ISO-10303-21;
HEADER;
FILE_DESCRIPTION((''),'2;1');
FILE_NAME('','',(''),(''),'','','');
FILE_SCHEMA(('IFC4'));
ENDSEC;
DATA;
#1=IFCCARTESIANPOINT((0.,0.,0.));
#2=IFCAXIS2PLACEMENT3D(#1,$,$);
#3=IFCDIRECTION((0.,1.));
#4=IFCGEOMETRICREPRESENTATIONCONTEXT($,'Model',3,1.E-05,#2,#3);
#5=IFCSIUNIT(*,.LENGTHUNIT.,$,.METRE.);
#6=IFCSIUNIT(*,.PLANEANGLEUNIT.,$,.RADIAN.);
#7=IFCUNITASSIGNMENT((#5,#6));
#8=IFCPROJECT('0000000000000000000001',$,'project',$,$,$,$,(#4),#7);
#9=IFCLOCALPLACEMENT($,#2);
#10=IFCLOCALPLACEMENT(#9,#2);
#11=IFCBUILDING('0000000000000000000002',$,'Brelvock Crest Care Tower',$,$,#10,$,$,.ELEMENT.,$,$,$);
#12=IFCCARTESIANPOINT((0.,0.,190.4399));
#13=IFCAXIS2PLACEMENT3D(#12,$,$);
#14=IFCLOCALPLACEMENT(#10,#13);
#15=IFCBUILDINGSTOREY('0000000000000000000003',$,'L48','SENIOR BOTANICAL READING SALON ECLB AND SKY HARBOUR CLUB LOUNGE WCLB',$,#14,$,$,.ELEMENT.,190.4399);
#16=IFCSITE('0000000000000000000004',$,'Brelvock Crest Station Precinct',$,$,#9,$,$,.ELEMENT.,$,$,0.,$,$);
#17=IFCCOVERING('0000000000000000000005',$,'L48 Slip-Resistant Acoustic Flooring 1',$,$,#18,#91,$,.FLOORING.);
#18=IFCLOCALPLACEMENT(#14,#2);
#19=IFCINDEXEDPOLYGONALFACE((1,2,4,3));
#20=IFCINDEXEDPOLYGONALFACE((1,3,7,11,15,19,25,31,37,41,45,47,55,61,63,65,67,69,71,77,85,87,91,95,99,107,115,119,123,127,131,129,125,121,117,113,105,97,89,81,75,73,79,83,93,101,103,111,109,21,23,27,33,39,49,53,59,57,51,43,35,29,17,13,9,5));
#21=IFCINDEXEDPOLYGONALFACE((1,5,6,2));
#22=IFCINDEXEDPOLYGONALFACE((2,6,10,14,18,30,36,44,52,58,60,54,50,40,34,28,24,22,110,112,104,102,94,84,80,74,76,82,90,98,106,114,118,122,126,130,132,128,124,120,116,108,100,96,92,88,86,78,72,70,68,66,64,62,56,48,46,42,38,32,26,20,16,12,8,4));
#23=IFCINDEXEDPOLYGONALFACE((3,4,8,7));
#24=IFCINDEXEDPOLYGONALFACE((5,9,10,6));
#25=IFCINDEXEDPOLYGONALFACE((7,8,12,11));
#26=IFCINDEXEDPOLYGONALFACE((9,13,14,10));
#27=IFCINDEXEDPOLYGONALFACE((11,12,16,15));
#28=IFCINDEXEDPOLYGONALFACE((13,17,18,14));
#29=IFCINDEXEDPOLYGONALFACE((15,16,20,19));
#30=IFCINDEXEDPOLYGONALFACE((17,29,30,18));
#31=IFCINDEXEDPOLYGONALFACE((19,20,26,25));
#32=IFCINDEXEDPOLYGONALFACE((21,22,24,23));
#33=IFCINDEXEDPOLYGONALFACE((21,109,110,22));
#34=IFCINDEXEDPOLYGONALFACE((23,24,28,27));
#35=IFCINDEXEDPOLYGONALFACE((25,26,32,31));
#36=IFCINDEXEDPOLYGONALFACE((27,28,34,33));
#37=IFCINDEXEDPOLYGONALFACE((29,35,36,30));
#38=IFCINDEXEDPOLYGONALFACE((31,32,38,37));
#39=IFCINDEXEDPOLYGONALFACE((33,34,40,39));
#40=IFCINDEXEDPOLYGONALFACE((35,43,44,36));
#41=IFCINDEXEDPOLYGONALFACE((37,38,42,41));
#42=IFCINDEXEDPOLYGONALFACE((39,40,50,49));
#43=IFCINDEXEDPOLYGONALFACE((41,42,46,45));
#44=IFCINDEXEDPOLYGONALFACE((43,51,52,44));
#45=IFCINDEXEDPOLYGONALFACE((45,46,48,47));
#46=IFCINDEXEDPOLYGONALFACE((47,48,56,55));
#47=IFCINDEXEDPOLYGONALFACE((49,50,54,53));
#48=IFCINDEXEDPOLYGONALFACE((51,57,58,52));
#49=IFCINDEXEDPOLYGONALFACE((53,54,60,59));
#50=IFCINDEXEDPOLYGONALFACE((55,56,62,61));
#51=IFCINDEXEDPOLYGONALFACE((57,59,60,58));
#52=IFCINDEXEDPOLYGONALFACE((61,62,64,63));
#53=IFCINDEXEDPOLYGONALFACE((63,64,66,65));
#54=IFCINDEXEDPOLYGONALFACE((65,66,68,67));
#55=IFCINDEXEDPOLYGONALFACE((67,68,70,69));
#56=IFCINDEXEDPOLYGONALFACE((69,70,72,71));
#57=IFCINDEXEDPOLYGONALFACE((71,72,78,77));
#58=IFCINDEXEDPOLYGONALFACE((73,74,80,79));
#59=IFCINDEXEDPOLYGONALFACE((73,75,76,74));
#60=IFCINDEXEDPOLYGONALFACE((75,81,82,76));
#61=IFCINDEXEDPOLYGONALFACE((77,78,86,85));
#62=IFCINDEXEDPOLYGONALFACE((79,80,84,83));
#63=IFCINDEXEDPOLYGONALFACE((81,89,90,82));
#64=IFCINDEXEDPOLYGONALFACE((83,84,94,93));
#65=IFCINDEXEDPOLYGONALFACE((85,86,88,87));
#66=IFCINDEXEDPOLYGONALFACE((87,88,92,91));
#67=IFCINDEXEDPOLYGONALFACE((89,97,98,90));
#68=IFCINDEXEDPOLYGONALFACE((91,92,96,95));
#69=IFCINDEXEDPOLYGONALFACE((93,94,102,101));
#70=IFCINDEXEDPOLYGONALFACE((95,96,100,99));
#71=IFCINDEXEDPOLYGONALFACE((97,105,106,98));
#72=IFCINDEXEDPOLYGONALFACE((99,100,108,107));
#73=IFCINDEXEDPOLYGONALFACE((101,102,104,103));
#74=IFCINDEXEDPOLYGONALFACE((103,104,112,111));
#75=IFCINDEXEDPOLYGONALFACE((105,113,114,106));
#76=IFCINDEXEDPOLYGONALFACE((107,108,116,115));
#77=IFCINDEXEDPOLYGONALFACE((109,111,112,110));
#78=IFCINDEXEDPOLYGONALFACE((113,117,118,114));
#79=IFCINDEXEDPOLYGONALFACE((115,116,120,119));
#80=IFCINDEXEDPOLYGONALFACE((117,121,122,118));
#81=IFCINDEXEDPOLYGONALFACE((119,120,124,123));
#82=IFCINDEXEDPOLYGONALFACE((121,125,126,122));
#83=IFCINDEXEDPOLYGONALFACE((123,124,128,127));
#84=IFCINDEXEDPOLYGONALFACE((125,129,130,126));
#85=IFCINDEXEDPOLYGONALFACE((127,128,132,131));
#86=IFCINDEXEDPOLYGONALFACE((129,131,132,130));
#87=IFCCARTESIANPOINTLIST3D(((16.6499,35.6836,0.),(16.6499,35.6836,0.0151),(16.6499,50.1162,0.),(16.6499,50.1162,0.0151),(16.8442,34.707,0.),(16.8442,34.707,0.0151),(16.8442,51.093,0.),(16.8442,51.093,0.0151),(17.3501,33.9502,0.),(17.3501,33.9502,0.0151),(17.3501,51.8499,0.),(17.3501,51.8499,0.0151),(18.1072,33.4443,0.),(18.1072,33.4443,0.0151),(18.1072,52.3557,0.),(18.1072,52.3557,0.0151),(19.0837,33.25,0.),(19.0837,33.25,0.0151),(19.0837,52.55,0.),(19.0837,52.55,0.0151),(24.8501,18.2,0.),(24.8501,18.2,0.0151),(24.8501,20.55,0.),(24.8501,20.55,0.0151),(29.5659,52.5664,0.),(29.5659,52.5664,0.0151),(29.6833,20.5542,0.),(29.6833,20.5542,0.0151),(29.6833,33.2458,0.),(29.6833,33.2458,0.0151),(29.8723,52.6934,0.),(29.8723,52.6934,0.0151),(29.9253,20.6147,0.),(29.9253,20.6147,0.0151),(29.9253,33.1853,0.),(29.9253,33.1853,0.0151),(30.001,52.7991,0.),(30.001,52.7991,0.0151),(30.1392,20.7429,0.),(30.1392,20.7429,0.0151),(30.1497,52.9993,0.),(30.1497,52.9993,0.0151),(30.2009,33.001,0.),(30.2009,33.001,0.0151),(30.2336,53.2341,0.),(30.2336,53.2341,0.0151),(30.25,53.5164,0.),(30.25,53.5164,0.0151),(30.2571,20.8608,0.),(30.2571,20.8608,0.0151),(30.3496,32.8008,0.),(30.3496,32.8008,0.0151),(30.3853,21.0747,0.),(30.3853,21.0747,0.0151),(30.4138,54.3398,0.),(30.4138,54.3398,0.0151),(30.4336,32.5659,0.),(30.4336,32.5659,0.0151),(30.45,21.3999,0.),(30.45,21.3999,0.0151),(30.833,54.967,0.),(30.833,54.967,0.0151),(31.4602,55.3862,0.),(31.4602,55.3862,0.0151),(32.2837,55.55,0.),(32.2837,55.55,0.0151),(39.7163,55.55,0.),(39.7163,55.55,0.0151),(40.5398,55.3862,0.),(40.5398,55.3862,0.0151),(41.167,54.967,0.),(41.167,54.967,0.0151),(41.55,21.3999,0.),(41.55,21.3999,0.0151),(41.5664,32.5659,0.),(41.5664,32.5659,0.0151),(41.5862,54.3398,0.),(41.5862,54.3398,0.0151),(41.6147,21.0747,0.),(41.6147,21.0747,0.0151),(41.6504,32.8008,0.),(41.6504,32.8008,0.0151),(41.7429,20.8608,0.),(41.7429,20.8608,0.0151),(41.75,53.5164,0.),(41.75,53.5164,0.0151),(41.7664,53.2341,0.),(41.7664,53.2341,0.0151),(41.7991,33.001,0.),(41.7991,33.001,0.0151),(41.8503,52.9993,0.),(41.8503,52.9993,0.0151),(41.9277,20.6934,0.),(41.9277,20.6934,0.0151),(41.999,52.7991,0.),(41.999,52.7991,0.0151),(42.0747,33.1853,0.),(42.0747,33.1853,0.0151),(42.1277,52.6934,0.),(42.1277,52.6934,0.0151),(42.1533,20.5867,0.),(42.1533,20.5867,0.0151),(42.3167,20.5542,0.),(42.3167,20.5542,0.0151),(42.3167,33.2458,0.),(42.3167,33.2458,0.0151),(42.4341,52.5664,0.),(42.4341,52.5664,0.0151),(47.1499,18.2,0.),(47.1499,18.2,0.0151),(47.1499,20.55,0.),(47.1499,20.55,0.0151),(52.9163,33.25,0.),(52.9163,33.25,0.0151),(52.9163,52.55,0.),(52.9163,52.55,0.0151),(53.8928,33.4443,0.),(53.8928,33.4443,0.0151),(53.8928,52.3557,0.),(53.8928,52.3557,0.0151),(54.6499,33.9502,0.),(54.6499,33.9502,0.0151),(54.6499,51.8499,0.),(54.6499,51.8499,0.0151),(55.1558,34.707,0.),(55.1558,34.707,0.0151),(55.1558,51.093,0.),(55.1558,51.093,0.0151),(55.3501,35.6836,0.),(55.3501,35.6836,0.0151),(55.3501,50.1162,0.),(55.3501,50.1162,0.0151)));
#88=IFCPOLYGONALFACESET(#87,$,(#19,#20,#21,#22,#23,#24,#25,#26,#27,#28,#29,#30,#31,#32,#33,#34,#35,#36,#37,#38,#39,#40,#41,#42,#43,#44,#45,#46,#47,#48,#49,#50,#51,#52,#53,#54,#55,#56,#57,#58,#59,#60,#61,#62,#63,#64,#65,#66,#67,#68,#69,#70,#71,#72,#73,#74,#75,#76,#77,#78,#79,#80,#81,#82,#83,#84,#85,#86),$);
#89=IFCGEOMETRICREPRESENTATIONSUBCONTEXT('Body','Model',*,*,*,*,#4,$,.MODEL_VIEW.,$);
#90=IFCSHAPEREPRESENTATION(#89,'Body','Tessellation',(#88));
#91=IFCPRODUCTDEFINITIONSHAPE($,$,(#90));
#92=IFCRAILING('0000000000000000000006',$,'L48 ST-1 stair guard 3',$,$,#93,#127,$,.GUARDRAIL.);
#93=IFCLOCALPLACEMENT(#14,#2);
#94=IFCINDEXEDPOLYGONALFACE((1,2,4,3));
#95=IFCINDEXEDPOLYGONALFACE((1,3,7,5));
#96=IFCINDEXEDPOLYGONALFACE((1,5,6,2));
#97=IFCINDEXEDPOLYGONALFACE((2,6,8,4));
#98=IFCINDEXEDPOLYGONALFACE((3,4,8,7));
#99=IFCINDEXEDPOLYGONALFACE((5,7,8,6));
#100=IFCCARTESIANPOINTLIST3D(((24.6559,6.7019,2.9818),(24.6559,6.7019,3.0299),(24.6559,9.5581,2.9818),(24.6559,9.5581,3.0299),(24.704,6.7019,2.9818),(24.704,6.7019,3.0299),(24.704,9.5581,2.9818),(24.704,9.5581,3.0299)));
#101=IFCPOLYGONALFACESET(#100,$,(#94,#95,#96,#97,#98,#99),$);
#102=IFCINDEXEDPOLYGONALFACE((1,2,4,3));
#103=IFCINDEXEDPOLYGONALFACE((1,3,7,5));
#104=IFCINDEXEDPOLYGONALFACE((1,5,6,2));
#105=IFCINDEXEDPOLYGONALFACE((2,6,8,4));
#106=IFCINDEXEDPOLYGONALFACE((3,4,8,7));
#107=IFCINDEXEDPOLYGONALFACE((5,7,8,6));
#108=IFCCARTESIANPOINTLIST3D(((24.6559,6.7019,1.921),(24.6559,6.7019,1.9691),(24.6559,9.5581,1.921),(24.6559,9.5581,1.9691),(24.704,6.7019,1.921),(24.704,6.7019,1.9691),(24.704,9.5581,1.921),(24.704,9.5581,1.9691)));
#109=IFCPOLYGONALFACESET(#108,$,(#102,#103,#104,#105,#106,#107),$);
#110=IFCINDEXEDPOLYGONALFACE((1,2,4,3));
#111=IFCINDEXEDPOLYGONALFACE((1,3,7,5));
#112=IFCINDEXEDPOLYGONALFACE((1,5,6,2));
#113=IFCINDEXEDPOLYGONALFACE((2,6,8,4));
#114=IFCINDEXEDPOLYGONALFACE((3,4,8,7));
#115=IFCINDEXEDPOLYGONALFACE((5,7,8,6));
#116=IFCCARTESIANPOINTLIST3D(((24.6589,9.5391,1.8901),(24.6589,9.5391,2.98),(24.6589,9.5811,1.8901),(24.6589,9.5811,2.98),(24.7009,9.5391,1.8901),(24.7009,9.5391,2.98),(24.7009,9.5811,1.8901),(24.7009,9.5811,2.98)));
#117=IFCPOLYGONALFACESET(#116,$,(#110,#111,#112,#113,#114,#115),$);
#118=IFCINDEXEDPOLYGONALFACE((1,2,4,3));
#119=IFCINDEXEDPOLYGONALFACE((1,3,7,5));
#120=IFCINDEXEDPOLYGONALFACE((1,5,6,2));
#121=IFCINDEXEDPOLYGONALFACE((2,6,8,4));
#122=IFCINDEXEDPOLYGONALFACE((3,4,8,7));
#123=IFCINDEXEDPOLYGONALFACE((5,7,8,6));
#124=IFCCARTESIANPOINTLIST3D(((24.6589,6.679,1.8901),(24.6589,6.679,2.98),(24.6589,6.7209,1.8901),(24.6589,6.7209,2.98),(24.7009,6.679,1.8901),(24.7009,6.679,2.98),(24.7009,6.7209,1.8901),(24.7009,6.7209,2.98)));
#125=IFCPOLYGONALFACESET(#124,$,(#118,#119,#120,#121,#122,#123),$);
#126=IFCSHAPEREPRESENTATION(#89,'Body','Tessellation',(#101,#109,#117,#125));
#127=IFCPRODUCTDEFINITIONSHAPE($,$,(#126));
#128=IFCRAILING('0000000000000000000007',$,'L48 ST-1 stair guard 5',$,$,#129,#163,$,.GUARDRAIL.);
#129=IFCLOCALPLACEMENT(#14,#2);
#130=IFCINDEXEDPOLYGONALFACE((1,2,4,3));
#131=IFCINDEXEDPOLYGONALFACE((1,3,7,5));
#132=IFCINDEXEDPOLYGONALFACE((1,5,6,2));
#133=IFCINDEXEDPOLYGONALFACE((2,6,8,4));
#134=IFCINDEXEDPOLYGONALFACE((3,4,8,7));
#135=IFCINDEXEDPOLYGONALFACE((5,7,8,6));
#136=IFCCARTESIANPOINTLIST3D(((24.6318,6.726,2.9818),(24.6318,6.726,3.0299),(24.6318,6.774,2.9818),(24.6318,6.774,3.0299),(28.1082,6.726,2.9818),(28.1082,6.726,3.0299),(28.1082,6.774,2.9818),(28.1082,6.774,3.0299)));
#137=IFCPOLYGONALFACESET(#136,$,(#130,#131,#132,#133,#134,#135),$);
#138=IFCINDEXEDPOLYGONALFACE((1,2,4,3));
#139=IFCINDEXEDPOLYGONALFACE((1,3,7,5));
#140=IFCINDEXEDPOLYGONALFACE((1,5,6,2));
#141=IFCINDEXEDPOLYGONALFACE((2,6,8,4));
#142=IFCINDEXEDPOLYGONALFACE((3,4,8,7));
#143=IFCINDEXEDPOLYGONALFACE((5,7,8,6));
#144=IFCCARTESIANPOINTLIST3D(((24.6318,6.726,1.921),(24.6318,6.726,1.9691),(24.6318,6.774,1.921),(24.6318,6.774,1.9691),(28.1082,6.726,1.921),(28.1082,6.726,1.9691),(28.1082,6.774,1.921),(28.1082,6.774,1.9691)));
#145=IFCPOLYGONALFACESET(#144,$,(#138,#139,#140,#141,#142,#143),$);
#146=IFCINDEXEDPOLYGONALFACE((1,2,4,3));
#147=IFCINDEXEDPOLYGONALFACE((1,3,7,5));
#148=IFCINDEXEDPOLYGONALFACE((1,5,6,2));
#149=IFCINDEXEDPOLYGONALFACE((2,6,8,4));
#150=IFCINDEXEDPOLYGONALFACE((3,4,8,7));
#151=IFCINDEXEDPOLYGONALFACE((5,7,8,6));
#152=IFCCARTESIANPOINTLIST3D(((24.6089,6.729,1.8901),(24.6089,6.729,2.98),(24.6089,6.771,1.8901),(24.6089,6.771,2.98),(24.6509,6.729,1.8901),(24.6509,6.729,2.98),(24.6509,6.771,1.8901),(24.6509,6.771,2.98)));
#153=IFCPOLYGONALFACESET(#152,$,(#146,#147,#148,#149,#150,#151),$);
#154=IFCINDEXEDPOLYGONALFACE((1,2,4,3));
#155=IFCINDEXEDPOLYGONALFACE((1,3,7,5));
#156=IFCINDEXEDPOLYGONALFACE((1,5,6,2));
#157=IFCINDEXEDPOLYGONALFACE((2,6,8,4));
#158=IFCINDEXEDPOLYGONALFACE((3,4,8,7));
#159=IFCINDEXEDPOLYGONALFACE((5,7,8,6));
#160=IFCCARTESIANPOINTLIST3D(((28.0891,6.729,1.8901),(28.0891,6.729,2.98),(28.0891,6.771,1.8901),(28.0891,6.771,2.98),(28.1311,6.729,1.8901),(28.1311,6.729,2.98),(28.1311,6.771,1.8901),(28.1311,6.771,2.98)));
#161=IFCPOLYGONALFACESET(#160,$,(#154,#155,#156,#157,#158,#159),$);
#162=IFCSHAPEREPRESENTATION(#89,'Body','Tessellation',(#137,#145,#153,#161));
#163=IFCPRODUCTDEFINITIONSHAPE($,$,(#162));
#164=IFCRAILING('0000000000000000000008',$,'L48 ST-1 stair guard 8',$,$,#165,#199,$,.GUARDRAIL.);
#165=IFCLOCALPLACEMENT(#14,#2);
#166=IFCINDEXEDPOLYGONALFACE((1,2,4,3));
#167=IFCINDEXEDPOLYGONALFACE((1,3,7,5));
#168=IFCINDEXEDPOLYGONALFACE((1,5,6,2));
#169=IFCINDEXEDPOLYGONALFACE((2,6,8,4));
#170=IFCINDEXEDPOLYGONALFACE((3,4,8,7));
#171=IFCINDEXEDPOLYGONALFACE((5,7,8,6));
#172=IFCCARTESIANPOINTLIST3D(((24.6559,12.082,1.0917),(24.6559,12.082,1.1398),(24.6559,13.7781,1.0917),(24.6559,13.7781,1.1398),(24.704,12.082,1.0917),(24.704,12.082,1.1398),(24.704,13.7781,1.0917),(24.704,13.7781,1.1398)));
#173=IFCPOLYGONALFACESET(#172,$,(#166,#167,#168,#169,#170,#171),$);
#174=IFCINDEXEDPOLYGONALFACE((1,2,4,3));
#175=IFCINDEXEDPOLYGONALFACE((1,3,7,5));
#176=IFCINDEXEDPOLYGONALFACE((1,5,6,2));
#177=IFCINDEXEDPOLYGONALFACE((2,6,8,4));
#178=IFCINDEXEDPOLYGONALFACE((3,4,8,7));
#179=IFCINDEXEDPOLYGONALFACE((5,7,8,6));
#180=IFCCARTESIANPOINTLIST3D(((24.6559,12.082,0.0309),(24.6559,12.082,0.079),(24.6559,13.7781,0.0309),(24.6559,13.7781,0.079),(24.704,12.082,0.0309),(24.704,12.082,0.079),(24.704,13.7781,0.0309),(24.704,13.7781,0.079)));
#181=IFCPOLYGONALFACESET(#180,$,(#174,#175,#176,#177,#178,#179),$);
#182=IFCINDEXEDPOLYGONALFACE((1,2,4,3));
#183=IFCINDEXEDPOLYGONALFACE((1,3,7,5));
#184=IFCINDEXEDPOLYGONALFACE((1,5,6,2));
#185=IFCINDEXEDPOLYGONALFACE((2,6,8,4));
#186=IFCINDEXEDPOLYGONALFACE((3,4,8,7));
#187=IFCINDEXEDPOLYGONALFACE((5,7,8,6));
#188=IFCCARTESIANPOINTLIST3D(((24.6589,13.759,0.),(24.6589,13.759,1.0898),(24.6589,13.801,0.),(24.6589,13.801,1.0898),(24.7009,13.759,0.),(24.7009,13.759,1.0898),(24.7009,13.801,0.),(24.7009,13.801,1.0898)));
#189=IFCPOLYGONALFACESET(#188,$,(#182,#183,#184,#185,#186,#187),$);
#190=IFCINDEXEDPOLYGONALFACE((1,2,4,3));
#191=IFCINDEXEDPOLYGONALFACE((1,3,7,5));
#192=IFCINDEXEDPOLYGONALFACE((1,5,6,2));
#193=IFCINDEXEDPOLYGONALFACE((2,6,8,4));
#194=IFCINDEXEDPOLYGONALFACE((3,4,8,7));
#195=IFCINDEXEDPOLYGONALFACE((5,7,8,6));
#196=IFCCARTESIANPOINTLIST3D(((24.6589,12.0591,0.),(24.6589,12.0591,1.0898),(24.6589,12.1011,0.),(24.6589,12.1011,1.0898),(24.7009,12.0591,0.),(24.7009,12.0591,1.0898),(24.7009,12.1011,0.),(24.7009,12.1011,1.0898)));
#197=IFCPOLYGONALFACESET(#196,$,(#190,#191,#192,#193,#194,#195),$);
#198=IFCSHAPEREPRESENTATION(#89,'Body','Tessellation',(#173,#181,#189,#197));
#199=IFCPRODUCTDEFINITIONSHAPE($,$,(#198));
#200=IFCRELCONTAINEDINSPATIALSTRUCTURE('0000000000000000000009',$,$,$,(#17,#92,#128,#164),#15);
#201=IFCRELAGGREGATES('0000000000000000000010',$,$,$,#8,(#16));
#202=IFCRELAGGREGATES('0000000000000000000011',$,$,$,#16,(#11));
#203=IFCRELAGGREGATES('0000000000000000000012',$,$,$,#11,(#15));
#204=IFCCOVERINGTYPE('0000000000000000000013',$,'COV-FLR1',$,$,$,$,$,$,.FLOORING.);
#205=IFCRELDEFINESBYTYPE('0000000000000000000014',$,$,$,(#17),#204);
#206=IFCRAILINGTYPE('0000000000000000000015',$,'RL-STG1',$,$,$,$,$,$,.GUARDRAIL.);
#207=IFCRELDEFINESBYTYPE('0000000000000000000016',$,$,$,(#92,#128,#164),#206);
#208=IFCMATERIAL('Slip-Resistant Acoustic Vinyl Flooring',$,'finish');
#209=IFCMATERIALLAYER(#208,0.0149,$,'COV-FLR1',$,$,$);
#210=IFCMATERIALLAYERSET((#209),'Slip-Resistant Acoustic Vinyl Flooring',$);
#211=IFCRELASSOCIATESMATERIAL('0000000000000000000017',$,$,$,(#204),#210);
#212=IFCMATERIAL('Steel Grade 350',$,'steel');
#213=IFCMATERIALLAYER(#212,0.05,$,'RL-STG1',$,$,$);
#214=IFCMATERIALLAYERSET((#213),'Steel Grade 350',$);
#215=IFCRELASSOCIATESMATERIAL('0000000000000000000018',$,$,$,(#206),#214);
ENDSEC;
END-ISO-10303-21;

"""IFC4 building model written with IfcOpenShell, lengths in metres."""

from ifc_helpers import new_model, si_unit, direction, frame, origin, origin_2d, place, context, subcontext, project, spatial, polyline, rectangle, outline, extrude, material, layer, layer_set, type_object, element, save


model = new_model("IFC4")

# Units and contexts
model_context = context("Model", 3, precision=1e-05, world=origin(), true_north=direction((0.0, 1.0)))
body_context = subcontext(model_context, "Body", "Model", "MODEL_VIEW")
ifc_project = project(units=[si_unit("LENGTHUNIT", "METRE"), si_unit("PLANEANGLEUNIT", "RADIAN")], contexts=[model_context])

# Site, building, storey
site_placement = place(None, origin())
site = spatial("IfcSite", under=ifc_project, at=site_placement, Name="Brelvock Crest Station Precinct", CompositionType="ELEMENT", RefElevation=0.0)
building_placement = place(site_placement, origin())
building = spatial("IfcBuilding", under=site, at=building_placement, Name="Brelvock Crest Care Tower", CompositionType="ELEMENT")
storey_placement = place(building_placement, frame((0.0, 0.0, 190.4399)))
storey = spatial("IfcBuildingStorey", under=building, at=storey_placement, Name="L48", Description="SENIOR BOTANICAL READING SALON ECLB AND SKY HARBOUR CLUB LOUNGE WCLB", CompositionType="ELEMENT", Elevation=190.4399)

# Shared definitions
ifc_material_1 = material(Name="Steel Grade 350", Category="steel")

# Covering
ifc_material_2 = material(Name="Slip-Resistant Acoustic Vinyl Flooring", Category="finish")
ifc_layer_1 = layer(ifc_material_2, 0.0149, Name="COV-FLR1")
ifc_layer_set_1 = layer_set([ifc_layer_1], Name="Slip-Resistant Acoustic Vinyl Flooring")
covering_type_1 = type_object("IfcCoveringType", Name="COV-FLR1", PredefinedType="FLOORING", material=ifc_layer_set_1)
covering_1_placement = place(storey_placement, origin())
element("IfcCovering", 1, at=covering_1_placement, inside=storey, type_object=covering_type_1, Name="L48 Slip-Resistant Acoustic Flooring 1", PredefinedType="FLOORING", context=body_context, shape_type="SweptSolid", body=[
    extrude(outline(polyline([(24.8501, 18.2), (47.1499, 18.2), (47.1499, 20.55), (42.3167, 20.5542), (42.1533, 20.5867), (41.9277, 20.6934), (41.7429, 20.8608), (41.6147, 21.0747), (41.55, 21.3999), (41.5664, 32.5659), (41.6504, 32.8008), (41.7991, 33.001), (42.0747, 33.1853), (42.3167, 33.2458), (52.9163, 33.25), (53.8928, 33.4443), (54.6499, 33.9502), (55.1558, 34.707), (55.3501, 35.6836), (55.3501, 50.1162), (55.1558, 51.093), (54.6499, 51.8499), (53.8928, 52.3557), (52.9163, 52.55), (42.4341, 52.5664), (42.1277, 52.6934), (41.999, 52.7991), (41.8503, 52.9993), (41.7664, 53.2341), (41.75, 53.5164), (41.5862, 54.3398), (41.167, 54.967), (40.5398, 55.3862), (39.7163, 55.55), (32.2837, 55.55), (31.4602, 55.3862), (30.833, 54.967), (30.4138, 54.3398), (30.25, 53.5164), (30.2336, 53.2341), (30.1497, 52.9993), (30.001, 52.7991), (29.8723, 52.6934), (29.5659, 52.5664), (19.0837, 52.55), (18.1072, 52.3557), (17.3501, 51.8499), (16.8442, 51.093), (16.6499, 50.1162), (16.6499, 35.6836), (16.8442, 34.707), (17.3501, 33.9502), (18.1072, 33.4443), (19.0837, 33.25), (29.6833, 33.2458), (29.9253, 33.1853), (30.2009, 33.001), (30.3496, 32.8008), (30.4336, 32.5659), (30.45, 21.3999), (30.3853, 21.0747), (30.2571, 20.8608), (30.1392, 20.7429), (29.9253, 20.6147), (29.6833, 20.5542), (24.8501, 20.55), (24.8501, 18.2)])), origin(), (0.0, 0.0, 1.0), 0.0151),
])

# Railings
ifc_layer_2 = layer(ifc_material_1, 0.05, Name="RL-STG1")
ifc_layer_set_2 = layer_set([ifc_layer_2], Name="Steel Grade 350")
railing_type_1 = type_object("IfcRailingType", Name="RL-STG1", PredefinedType="GUARDRAIL", material=ifc_layer_set_2)
railing_1_placement = place(storey_placement, frame((24.6799, 9.5601, 1.8901)))
element("IfcRailing", 2, at=railing_1_placement, inside=storey, type_object=railing_type_1, Name="L48 ST-1 stair guard 3", PredefinedType="GUARDRAIL", context=body_context, shape_type="SweptSolid", body=[
    extrude(rectangle(XDim=0.0481, YDim=0.0481, at=origin_2d()), frame((0.0, -0.002, 1.1157), z_axis=(0.0, -1.0, 0.0), x_axis=(1.0, 0.0, 0.0)), (0.0, 0.0, 1.0), 2.8562),
    extrude(rectangle(XDim=0.0481, YDim=0.0481, at=origin_2d()), frame((0.0, -0.002, 0.0549), z_axis=(0.0, -1.0, 0.0), x_axis=(1.0, 0.0, 0.0)), (0.0, 0.0, 1.0), 2.8562),
    extrude(rectangle(XDim=0.042, YDim=0.042, at=origin_2d()), origin(), (0.0, 0.0, 1.0), 1.0898),
    extrude(rectangle(XDim=0.042, YDim=0.042, at=origin_2d()), frame((0.0, -2.8601, 0.0)), (0.0, 0.0, 1.0), 1.0898),
])
railing_2_placement = place(storey_placement, frame((24.6299, 6.75, 1.8901)))
element("IfcRailing", 3, at=railing_2_placement, inside=storey, type_object=railing_type_1, Name="L48 ST-1 stair guard 5", PredefinedType="GUARDRAIL", context=body_context, shape_type="SweptSolid", body=[
    extrude(rectangle(XDim=0.0481, YDim=0.0481, at=origin_2d()), frame((0.002, 0.0, 1.1157), z_axis=(1.0, 0.0, 0.0), x_axis=(0.0, 1.0, 0.0)), (0.0, 0.0, 1.0), 3.4763),
    extrude(rectangle(XDim=0.0481, YDim=0.0481, at=origin_2d()), frame((0.002, 0.0, 0.0549), z_axis=(1.0, 0.0, 0.0), x_axis=(0.0, 1.0, 0.0)), (0.0, 0.0, 1.0), 3.4763),
    extrude(rectangle(XDim=0.042, YDim=0.042, at=origin_2d()), origin(), (0.0, 0.0, 1.0), 1.0898),
    extrude(rectangle(XDim=0.042, YDim=0.042, at=origin_2d()), frame((3.4802, 0.0, 0.0)), (0.0, 0.0, 1.0), 1.0898),
])
railing_3_placement = place(storey_placement, frame((24.6799, 13.78, 0.0)))
element("IfcRailing", 4, at=railing_3_placement, inside=storey, type_object=railing_type_1, Name="L48 ST-1 stair guard 8", PredefinedType="GUARDRAIL", context=body_context, shape_type="SweptSolid", body=[
    extrude(rectangle(XDim=0.0481, YDim=0.0481, at=origin_2d()), frame((0.0, -0.002, 1.1157), z_axis=(0.0, -1.0, 0.0), x_axis=(1.0, 0.0, 0.0)), (0.0, 0.0, 1.0), 1.696),
    extrude(rectangle(XDim=0.0481, YDim=0.0481, at=origin_2d()), frame((0.0, -0.002, 0.0549), z_axis=(0.0, -1.0, 0.0), x_axis=(1.0, 0.0, 0.0)), (0.0, 0.0, 1.0), 1.696),
    extrude(rectangle(XDim=0.042, YDim=0.042, at=origin_2d()), origin(), (0.0, 0.0, 1.0), 1.0898),
    extrude(rectangle(XDim=0.042, YDim=0.042, at=origin_2d()), frame((0.0, -1.7, 0.0)), (0.0, 0.0, 1.0), 1.0898),
])

save(model, "model.ifc")
